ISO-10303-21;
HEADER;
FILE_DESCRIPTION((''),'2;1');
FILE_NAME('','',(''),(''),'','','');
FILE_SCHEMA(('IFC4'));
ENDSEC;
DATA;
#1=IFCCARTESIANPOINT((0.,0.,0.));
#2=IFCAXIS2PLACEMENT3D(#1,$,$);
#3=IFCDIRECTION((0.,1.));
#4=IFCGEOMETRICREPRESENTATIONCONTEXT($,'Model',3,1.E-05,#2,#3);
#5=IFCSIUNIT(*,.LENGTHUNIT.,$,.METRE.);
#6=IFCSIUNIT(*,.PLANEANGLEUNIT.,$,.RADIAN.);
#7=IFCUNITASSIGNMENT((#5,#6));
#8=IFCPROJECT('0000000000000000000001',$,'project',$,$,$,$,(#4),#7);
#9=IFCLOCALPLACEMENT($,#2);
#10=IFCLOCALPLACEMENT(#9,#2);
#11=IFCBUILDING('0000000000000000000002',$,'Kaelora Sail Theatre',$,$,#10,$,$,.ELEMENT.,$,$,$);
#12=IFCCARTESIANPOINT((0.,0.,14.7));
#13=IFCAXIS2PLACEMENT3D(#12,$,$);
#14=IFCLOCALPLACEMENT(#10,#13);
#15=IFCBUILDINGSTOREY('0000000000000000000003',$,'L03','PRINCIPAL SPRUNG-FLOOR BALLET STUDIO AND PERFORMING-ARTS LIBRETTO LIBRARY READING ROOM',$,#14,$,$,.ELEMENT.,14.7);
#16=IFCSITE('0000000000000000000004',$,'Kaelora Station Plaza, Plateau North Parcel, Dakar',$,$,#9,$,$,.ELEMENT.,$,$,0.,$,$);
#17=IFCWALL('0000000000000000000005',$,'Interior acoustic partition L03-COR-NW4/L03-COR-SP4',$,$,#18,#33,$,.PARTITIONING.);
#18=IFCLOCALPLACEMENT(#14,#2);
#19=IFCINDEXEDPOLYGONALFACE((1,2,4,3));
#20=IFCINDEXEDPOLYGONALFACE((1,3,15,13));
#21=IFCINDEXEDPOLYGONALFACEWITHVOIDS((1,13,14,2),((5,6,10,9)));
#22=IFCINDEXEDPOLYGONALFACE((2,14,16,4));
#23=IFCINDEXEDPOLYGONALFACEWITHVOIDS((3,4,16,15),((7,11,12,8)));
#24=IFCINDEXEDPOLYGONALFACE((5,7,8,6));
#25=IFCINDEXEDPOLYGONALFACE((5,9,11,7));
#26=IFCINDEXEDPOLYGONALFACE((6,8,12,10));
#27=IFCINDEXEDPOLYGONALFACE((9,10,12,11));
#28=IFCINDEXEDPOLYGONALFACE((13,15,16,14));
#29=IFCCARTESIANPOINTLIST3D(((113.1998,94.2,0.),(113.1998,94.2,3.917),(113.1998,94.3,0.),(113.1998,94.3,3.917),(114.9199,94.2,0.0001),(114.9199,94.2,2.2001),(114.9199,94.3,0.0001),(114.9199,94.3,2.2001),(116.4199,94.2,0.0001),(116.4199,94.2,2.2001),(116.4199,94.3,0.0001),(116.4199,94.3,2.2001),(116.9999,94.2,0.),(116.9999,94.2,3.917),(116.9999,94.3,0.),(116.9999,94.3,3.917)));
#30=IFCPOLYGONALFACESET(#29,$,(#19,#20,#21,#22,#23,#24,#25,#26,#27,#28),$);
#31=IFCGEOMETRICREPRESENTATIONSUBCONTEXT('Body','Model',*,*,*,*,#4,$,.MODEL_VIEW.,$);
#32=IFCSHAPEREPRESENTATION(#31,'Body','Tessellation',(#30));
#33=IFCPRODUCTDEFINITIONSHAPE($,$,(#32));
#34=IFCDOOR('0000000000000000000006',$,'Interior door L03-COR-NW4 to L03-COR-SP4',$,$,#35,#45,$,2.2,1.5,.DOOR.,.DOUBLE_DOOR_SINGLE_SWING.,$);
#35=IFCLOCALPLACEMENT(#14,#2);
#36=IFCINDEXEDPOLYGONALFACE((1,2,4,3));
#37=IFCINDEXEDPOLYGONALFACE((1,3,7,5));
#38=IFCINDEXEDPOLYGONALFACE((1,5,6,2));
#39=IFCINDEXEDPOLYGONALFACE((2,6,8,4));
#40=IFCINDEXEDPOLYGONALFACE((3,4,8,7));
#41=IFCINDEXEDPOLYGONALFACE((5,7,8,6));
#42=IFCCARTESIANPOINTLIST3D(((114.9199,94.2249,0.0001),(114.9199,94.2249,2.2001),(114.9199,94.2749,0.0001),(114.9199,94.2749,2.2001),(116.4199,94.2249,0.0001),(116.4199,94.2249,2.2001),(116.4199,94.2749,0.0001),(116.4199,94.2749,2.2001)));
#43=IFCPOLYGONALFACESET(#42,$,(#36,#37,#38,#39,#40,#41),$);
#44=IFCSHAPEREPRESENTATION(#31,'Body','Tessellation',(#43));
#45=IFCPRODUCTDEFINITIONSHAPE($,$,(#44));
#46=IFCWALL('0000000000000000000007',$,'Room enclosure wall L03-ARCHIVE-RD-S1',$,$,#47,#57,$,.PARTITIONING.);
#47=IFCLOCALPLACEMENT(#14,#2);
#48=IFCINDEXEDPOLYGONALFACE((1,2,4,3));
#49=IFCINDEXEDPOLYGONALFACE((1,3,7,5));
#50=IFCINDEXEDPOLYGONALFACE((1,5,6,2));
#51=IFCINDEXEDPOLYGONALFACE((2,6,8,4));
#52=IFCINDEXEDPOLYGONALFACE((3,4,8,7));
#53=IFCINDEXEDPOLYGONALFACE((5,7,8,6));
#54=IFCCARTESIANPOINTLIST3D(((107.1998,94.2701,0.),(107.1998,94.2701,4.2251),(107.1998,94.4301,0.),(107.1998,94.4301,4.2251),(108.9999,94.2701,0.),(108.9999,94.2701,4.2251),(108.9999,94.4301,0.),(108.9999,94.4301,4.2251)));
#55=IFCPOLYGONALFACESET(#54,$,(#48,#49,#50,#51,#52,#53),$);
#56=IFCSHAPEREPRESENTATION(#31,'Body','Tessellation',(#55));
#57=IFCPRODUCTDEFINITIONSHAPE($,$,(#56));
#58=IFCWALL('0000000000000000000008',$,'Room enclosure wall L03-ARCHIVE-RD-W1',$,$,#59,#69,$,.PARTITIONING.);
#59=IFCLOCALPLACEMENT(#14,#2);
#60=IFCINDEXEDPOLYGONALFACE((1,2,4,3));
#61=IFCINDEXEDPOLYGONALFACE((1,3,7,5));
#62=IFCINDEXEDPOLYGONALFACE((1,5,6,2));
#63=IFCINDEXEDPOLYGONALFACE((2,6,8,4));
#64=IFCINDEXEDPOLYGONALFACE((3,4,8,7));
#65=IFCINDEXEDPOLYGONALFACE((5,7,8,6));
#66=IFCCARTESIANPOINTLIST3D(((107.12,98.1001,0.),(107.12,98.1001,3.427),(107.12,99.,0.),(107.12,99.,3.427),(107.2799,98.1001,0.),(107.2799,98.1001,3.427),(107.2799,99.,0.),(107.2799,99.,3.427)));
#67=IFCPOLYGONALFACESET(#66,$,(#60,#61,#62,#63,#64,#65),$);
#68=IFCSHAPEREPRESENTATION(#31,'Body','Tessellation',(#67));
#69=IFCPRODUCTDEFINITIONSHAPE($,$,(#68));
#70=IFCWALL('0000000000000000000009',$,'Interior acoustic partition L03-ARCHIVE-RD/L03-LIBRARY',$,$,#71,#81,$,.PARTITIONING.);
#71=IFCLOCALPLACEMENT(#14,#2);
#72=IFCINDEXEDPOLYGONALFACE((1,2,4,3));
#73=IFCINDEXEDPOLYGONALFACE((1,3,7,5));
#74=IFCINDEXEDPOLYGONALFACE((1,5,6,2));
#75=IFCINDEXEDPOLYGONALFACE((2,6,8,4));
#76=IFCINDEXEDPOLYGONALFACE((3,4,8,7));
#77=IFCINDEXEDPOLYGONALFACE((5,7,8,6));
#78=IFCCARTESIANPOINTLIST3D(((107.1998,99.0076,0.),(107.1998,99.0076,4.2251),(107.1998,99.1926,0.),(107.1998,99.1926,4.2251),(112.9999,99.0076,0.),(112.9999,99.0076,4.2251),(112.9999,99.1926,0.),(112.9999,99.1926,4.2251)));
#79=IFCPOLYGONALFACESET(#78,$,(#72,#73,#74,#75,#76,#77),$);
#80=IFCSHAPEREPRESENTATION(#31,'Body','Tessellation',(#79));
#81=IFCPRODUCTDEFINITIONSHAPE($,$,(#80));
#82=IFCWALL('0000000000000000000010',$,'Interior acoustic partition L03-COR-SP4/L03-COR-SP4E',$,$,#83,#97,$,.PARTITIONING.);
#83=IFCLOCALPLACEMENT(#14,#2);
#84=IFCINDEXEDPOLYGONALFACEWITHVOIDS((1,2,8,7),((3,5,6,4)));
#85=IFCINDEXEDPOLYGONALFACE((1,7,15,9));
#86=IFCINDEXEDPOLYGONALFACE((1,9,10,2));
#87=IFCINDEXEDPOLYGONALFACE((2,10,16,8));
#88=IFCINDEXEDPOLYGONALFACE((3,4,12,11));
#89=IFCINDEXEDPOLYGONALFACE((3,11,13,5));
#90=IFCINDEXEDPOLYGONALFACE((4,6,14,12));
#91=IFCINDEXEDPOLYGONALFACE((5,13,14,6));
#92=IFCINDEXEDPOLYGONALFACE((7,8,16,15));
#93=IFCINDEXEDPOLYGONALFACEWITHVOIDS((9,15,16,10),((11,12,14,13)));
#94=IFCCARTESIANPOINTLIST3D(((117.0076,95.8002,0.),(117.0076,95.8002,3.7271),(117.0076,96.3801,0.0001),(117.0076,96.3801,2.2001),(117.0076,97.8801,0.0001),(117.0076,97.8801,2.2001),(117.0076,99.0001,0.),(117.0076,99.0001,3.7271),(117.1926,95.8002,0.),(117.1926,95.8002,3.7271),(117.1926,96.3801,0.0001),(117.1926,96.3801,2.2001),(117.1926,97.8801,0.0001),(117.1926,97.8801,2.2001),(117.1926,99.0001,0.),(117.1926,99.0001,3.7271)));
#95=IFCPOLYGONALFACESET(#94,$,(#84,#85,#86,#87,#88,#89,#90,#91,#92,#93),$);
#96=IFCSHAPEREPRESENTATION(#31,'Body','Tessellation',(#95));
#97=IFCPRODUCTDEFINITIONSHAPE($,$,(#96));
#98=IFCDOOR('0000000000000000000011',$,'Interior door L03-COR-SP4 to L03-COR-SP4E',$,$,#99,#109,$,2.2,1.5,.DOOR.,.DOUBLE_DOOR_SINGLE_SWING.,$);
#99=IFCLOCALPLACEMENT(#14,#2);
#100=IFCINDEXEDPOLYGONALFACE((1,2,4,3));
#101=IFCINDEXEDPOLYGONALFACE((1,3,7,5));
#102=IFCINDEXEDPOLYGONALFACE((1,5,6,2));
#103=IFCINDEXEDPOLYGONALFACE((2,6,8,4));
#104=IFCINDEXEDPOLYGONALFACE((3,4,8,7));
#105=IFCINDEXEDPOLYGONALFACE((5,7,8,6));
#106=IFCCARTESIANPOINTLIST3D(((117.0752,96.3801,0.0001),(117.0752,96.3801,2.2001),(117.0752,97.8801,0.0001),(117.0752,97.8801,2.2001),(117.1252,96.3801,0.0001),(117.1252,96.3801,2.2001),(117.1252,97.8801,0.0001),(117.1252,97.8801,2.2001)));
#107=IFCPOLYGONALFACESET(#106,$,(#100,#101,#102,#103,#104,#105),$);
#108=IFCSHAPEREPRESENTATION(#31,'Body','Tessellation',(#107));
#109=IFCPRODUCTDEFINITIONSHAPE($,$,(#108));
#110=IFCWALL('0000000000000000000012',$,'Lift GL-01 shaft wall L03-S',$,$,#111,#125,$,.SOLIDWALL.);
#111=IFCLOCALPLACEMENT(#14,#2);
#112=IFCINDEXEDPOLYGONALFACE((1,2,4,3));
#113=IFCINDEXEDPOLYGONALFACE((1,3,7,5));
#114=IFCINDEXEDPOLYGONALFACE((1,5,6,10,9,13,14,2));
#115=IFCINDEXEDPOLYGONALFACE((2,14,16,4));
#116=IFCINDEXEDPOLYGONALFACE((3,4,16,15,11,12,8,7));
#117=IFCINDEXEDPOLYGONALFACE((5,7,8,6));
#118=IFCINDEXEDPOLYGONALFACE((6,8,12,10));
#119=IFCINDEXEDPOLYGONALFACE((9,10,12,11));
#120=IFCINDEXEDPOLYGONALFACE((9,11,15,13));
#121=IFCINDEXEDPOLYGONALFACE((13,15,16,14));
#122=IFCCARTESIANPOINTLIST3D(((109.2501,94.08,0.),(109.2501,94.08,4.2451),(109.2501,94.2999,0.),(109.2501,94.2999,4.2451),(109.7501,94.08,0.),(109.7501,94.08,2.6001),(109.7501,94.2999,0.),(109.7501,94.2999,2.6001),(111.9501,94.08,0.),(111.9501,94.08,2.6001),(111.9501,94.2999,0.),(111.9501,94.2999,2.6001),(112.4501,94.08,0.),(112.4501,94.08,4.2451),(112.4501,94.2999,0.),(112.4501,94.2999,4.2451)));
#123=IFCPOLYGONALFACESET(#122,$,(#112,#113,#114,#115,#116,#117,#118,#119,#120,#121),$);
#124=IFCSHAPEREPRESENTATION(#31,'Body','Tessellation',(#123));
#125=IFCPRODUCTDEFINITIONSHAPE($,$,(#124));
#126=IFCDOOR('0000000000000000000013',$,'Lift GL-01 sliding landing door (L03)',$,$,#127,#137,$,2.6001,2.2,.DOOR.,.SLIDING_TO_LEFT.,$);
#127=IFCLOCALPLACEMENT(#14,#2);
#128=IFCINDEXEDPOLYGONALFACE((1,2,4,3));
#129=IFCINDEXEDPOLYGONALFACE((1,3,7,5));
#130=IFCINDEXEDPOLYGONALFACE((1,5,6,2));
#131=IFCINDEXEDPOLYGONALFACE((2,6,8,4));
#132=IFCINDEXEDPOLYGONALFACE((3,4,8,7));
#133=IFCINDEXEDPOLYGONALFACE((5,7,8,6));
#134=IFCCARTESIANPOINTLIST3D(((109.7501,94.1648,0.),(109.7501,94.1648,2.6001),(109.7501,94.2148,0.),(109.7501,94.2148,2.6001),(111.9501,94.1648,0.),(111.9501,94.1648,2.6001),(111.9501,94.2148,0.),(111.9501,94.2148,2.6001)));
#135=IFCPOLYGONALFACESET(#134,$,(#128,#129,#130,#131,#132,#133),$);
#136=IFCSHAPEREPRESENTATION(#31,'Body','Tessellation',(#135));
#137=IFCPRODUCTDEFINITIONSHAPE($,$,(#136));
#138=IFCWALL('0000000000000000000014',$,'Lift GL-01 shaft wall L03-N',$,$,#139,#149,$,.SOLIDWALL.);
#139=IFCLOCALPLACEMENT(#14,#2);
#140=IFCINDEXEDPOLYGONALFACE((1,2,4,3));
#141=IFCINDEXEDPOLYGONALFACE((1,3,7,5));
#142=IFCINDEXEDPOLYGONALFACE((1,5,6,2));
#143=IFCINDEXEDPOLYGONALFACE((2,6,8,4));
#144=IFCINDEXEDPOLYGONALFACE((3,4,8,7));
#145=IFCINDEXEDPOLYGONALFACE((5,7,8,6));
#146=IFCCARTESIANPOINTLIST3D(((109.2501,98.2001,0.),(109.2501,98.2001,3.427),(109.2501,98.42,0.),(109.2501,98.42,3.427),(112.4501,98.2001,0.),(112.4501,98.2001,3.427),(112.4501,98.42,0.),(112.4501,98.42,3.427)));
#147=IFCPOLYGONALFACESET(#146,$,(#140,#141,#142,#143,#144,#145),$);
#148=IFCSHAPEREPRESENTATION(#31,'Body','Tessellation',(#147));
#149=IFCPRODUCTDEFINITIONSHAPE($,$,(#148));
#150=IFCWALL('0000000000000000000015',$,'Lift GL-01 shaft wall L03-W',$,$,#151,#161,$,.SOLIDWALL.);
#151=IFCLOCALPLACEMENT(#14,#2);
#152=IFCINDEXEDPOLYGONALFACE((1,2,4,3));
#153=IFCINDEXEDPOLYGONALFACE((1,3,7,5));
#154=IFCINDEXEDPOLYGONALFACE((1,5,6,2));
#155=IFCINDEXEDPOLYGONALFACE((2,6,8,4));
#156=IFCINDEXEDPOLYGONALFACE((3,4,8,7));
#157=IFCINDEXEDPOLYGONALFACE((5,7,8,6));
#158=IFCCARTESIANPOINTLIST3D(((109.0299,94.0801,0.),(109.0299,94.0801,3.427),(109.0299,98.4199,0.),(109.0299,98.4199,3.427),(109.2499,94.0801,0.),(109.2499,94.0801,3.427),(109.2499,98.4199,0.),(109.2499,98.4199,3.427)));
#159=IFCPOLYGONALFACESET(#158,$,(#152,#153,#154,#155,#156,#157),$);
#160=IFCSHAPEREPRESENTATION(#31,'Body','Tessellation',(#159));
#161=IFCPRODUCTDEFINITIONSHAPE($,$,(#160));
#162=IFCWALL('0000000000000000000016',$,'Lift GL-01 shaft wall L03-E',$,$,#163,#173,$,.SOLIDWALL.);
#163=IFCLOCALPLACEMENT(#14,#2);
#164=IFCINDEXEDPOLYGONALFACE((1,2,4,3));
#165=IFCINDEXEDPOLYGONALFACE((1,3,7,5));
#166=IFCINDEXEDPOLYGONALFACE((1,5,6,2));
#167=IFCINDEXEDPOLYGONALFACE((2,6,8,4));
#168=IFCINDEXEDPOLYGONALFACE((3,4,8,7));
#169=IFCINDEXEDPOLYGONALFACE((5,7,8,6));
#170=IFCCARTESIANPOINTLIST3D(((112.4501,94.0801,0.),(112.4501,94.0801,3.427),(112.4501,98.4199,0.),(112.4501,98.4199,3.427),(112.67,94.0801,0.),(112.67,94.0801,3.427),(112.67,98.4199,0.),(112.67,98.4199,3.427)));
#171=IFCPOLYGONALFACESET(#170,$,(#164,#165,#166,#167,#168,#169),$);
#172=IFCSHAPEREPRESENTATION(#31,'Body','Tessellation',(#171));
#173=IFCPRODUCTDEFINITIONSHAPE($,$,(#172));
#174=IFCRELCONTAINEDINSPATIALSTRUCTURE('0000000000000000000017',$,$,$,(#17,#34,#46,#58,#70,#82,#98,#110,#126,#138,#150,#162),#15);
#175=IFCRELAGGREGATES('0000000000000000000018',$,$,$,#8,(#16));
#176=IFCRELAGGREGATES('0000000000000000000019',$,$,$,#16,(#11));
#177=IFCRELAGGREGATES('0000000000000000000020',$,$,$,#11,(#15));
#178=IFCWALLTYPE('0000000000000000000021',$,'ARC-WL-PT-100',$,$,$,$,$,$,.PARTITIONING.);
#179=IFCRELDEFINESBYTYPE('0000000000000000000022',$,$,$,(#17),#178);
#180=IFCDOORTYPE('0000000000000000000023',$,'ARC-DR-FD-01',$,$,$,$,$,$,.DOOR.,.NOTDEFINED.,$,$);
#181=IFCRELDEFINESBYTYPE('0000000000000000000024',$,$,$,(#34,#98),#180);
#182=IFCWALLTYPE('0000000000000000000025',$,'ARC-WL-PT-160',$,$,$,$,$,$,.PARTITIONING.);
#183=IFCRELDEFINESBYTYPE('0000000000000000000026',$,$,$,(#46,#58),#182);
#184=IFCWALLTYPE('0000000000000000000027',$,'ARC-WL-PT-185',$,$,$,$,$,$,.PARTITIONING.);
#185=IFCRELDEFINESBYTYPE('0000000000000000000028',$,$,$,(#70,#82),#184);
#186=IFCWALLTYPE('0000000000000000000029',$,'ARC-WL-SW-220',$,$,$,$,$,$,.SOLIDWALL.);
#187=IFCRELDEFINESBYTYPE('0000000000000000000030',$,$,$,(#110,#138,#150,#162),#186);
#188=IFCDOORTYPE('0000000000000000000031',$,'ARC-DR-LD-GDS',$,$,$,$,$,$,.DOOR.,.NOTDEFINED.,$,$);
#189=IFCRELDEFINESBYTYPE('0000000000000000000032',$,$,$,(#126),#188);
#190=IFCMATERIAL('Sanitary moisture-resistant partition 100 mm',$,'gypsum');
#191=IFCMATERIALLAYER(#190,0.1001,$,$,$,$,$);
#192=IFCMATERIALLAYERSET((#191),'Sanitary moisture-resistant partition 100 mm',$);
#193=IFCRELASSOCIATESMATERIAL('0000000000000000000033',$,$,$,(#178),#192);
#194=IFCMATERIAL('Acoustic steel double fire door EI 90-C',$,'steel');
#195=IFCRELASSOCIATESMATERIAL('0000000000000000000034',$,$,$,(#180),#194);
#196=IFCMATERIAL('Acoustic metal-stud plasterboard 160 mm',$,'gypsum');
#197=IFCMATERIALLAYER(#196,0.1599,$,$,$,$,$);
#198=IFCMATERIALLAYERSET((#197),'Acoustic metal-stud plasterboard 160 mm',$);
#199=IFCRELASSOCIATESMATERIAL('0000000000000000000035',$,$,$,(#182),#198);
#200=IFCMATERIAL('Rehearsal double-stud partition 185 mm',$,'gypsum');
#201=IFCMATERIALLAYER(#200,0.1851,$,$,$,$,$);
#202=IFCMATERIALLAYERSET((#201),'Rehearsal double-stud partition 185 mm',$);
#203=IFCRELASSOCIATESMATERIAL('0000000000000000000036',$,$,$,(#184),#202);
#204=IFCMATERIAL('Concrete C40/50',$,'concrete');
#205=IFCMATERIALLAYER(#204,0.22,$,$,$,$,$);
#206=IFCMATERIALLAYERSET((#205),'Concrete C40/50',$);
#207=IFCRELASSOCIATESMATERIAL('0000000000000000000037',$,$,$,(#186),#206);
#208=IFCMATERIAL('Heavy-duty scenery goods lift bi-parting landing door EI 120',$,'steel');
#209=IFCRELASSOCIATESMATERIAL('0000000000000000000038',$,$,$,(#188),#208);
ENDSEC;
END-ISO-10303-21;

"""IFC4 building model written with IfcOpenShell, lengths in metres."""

from ifc_helpers import new_model, si_unit, direction, frame, frame_2d, origin, place, context, subcontext, project, spatial, rectangle, extrude, material, layer, layer_set, type_object, element, fill, save


model = new_model("IFC4")

# Units and contexts
model_context = context("Model", 3, precision=1e-05, world=origin(), true_north=direction((0.0, 1.0)))
body_context = subcontext(model_context, "Body", "Model", "MODEL_VIEW")
ifc_project = project(units=[si_unit("LENGTHUNIT", "METRE"), si_unit("PLANEANGLEUNIT", "RADIAN")], contexts=[model_context])

# Site, building, storey
site_placement = place(None, origin())
site = spatial("IfcSite", under=ifc_project, at=site_placement, Name="Kaelora Station Plaza, Plateau North Parcel, Dakar", CompositionType="ELEMENT", RefElevation=0.0)
building_placement = place(site_placement, origin())
building = spatial("IfcBuilding", under=site, at=building_placement, Name="Kaelora Sail Theatre", CompositionType="ELEMENT")
storey_placement = place(building_placement, frame((0.0, 0.0, 14.7)))
storey = spatial("IfcBuildingStorey", under=building, at=storey_placement, Name="L03", Description="PRINCIPAL SPRUNG-FLOOR BALLET STUDIO AND PERFORMING-ARTS LIBRETTO LIBRARY READING ROOM", CompositionType="ELEMENT", Elevation=14.7)

# Wall, opening, door
ifc_material_1 = material(Name="Sanitary moisture-resistant partition 100 mm", Category="gypsum")
ifc_layer_1 = layer(ifc_material_1, 0.1001)
ifc_layer_set_1 = layer_set([ifc_layer_1], Name="Sanitary moisture-resistant partition 100 mm")
wall_type_1 = type_object("IfcWallType", Name="ARC-WL-PT-100", PredefinedType="PARTITIONING", material=ifc_layer_set_1)
wall_1_placement = place(storey_placement, frame((113.2, 94.25, 0.0), z_axis=(0.0, 0.0, 1.0), x_axis=(1.0, 0.0, 0.0)))
wall_1 = element("IfcWall", 1, at=wall_1_placement, inside=storey, type_object=wall_type_1, Name="Interior acoustic partition L03-COR-NW4/L03-COR-SP4", PredefinedType="PARTITIONING", context=body_context, shape_type="SweptSolid", body=[
    extrude(rectangle(XDim=3.8, YDim=0.1001, at=frame_2d((1.8999, 0.0))), origin(), (0.0, 0.0, 1.0), 3.917),
])
opening_1_placement = place(wall_1_placement, frame((1.72, 0.0, 0.0)))
opening_1 = element("IfcOpeningElement", 2, at=opening_1_placement, cuts=wall_1, PredefinedType="OPENING", context=body_context, shape_type="SweptSolid", body=[
    extrude(rectangle(XDim=1.5, YDim=2.2, at=frame_2d((0.75, 1.1001))), frame((0.0, 0.06, 0.0), z_axis=(0.0, -1.0, 0.0), x_axis=(1.0, 0.0, 0.0)), (0.0, 0.0, 1.0), 0.1201),
])
ifc_material_2 = material(Name="Acoustic steel double fire door EI 90-C", Category="steel")
door_type_1 = type_object("IfcDoorType", Name="ARC-DR-FD-01", OperationType="NOTDEFINED", PredefinedType="DOOR", material=ifc_material_2)
door_1_placement = place(opening_1_placement, origin())
door_1 = element("IfcDoor", 3, at=door_1_placement, inside=storey, type_object=door_type_1, Name="Interior door L03-COR-NW4 to L03-COR-SP4", OperationType="DOUBLE_DOOR_SINGLE_SWING", OverallHeight=2.2, OverallWidth=1.5, PredefinedType="DOOR", context=body_context, shape_type="SweptSolid", body=[
    extrude(rectangle(XDim=1.5, YDim=2.2, at=frame_2d((0.75, 1.1001))), frame((0.0, 0.0249, 0.0), z_axis=(0.0, -1.0, 0.0), x_axis=(1.0, 0.0, 0.0)), (0.0, 0.0, 1.0), 0.05),
])
fill(opening_1, door_1)

# Walls
ifc_material_3 = material(Name="Acoustic metal-stud plasterboard 160 mm", Category="gypsum")
ifc_layer_2 = layer(ifc_material_3, 0.1599)
ifc_layer_set_2 = layer_set([ifc_layer_2], Name="Acoustic metal-stud plasterboard 160 mm")
wall_type_2 = type_object("IfcWallType", Name="ARC-WL-PT-160", PredefinedType="PARTITIONING", material=ifc_layer_set_2)
wall_2_placement = place(storey_placement, frame((107.2, 94.3501, 0.0), z_axis=(0.0, 0.0, 1.0), x_axis=(1.0, 0.0, 0.0)))
element("IfcWall", 4, at=wall_2_placement, inside=storey, type_object=wall_type_2, Name="Room enclosure wall L03-ARCHIVE-RD-S1", PredefinedType="PARTITIONING", context=body_context, shape_type="SweptSolid", body=[
    extrude(rectangle(XDim=1.8, YDim=0.1599, at=frame_2d((0.8999, 0.0))), origin(), (0.0, 0.0, 1.0), 4.2251),
])
wall_3_placement = place(storey_placement, frame((107.2, 98.1001, 0.0), z_axis=(0.0, 0.0, 1.0), x_axis=(0.0, 1.0, 0.0)))
element("IfcWall", 5, at=wall_3_placement, inside=storey, type_object=wall_type_2, Name="Room enclosure wall L03-ARCHIVE-RD-W1", PredefinedType="PARTITIONING", context=body_context, shape_type="SweptSolid", body=[
    extrude(rectangle(XDim=0.8999, YDim=0.1599, at=frame_2d((0.45, 0.0))), origin(), (0.0, 0.0, 1.0), 3.427),
])
ifc_material_4 = material(Name="Rehearsal double-stud partition 185 mm", Category="gypsum")
ifc_layer_3 = layer(ifc_material_4, 0.1851)
ifc_layer_set_3 = layer_set([ifc_layer_3], Name="Rehearsal double-stud partition 185 mm")
wall_type_3 = type_object("IfcWallType", Name="ARC-WL-PT-185", PredefinedType="PARTITIONING", material=ifc_layer_set_3)
wall_4_placement = place(storey_placement, frame((107.2, 99.1001, 0.0), z_axis=(0.0, 0.0, 1.0), x_axis=(1.0, 0.0, 0.0)))
element("IfcWall", 6, at=wall_4_placement, inside=storey, type_object=wall_type_3, Name="Interior acoustic partition L03-ARCHIVE-RD/L03-LIBRARY", PredefinedType="PARTITIONING", context=body_context, shape_type="SweptSolid", body=[
    extrude(rectangle(XDim=5.8, YDim=0.1851, at=frame_2d((2.8999, 0.0))), origin(), (0.0, 0.0, 1.0), 4.2251),
])

# Walls, openings, doors
wall_5_placement = place(storey_placement, frame((117.1001, 95.8, 0.0), z_axis=(0.0, 0.0, 1.0), x_axis=(0.0, 1.0, 0.0)))
wall_5 = element("IfcWall", 7, at=wall_5_placement, inside=storey, type_object=wall_type_3, Name="Interior acoustic partition L03-COR-SP4/L03-COR-SP4E", PredefinedType="PARTITIONING", context=body_context, shape_type="SweptSolid", body=[
    extrude(rectangle(XDim=3.2, YDim=0.1851, at=frame_2d((1.6001, 0.0))), origin(), (0.0, 0.0, 1.0), 3.7271),
])
opening_2_placement = place(wall_5_placement, frame((0.5801, 0.0, 0.0)))
opening_2 = element("IfcOpeningElement", 8, at=opening_2_placement, cuts=wall_5, PredefinedType="OPENING", context=body_context, shape_type="SweptSolid", body=[
    extrude(rectangle(XDim=1.5, YDim=2.2, at=frame_2d((0.75, 1.1001))), frame((0.0, 0.1025, 0.0), z_axis=(0.0, -1.0, 0.0), x_axis=(1.0, 0.0, 0.0)), (0.0, 0.0, 1.0), 0.2051),
])
door_2_placement = place(opening_2_placement, origin())
door_2 = element("IfcDoor", 9, at=door_2_placement, inside=storey, type_object=door_type_1, Name="Interior door L03-COR-SP4 to L03-COR-SP4E", OperationType="DOUBLE_DOOR_SINGLE_SWING", OverallHeight=2.2, OverallWidth=1.5, PredefinedType="DOOR", context=body_context, shape_type="SweptSolid", body=[
    extrude(rectangle(XDim=1.5, YDim=2.2, at=frame_2d((0.75, 1.1001))), frame((0.0, 0.0249, 0.0), z_axis=(0.0, -1.0, 0.0), x_axis=(1.0, 0.0, 0.0)), (0.0, 0.0, 1.0), 0.05),
])
fill(opening_2, door_2)
ifc_material_5 = material(Name="Concrete C40/50", Category="concrete")
ifc_layer_4 = layer(ifc_material_5, 0.22)
ifc_layer_set_4 = layer_set([ifc_layer_4], Name="Concrete C40/50")
wall_type_4 = type_object("IfcWallType", Name="ARC-WL-SW-220", PredefinedType="SOLIDWALL", material=ifc_layer_set_4)
wall_6_placement = place(storey_placement, frame((109.25, 94.1899, 0.0), z_axis=(0.0, 0.0, 1.0), x_axis=(1.0, 0.0, 0.0)))
wall_6 = element("IfcWall", 10, at=wall_6_placement, inside=storey, type_object=wall_type_4, Name="Lift GL-01 shaft wall L03-S", PredefinedType="SOLIDWALL", context=body_context, shape_type="SweptSolid", body=[
    extrude(rectangle(XDim=3.2, YDim=0.22, at=frame_2d((1.6001, 0.0))), origin(), (0.0, 0.0, 1.0), 4.2451),
])
opening_3_placement = place(wall_6_placement, frame((0.5, 0.0, 0.0)))
opening_3 = element("IfcOpeningElement", 11, at=opening_3_placement, cuts=wall_6, PredefinedType="OPENING", context=body_context, shape_type="SweptSolid", body=[
    extrude(rectangle(XDim=2.2, YDim=2.6001, at=frame_2d((1.1001, 1.3))), frame((0.0, 0.1199, 0.0), z_axis=(0.0, -1.0, 0.0), x_axis=(1.0, 0.0, 0.0)), (0.0, 0.0, 1.0), 0.24),
])
ifc_material_6 = material(Name="Heavy-duty scenery goods lift bi-parting landing door EI 120", Category="steel")
door_type_2 = type_object("IfcDoorType", Name="ARC-DR-LD-GDS", OperationType="NOTDEFINED", PredefinedType="DOOR", material=ifc_material_6)
door_3_placement = place(opening_3_placement, origin())
door_3 = element("IfcDoor", 12, at=door_3_placement, inside=storey, type_object=door_type_2, Name="Lift GL-01 sliding landing door (L03)", OperationType="SLIDING_TO_LEFT", OverallHeight=2.6001, OverallWidth=2.2, PredefinedType="DOOR", context=body_context, shape_type="SweptSolid", body=[
    extrude(rectangle(XDim=2.2, YDim=2.6001, at=frame_2d((1.1001, 1.3))), frame((0.0, 0.0249, 0.0), z_axis=(0.0, -1.0, 0.0), x_axis=(1.0, 0.0, 0.0)), (0.0, 0.0, 1.0), 0.05),
])
fill(opening_3, door_3)

# Walls
wall_7_placement = place(storey_placement, frame((109.25, 98.3101, 0.0), z_axis=(0.0, 0.0, 1.0), x_axis=(1.0, 0.0, 0.0)))
element("IfcWall", 13, at=wall_7_placement, inside=storey, type_object=wall_type_4, Name="Lift GL-01 shaft wall L03-N", PredefinedType="SOLIDWALL", context=body_context, shape_type="SweptSolid", body=[
    extrude(rectangle(XDim=3.2, YDim=0.22, at=frame_2d((1.6001, 0.0))), origin(), (0.0, 0.0, 1.0), 3.427),
])
for number, where, z_axis, x_axis, name in (
    (14, (109.1399, 94.0801, 0.0), (0.0, 0.0, 1.0), (0.0, 1.0, 0.0), "Lift GL-01 shaft wall L03-W"),
    (15, (112.5601, 94.0801, 0.0), (0.0, 0.0, 1.0), (0.0, 1.0, 0.0), "Lift GL-01 shaft wall L03-E"),
):
    element("IfcWall", number, at=place(storey_placement, frame(where, z_axis=z_axis, x_axis=x_axis)), inside=storey, type_object=wall_type_4, Name=name, PredefinedType="SOLIDWALL", context=body_context, shape_type="SweptSolid", body=[
        extrude(rectangle(XDim=4.3398, YDim=0.22, at=frame_2d((2.1699, 0.0))), origin(), (0.0, 0.0, 1.0), 3.427),
    ])

save(model, "model.ifc")
